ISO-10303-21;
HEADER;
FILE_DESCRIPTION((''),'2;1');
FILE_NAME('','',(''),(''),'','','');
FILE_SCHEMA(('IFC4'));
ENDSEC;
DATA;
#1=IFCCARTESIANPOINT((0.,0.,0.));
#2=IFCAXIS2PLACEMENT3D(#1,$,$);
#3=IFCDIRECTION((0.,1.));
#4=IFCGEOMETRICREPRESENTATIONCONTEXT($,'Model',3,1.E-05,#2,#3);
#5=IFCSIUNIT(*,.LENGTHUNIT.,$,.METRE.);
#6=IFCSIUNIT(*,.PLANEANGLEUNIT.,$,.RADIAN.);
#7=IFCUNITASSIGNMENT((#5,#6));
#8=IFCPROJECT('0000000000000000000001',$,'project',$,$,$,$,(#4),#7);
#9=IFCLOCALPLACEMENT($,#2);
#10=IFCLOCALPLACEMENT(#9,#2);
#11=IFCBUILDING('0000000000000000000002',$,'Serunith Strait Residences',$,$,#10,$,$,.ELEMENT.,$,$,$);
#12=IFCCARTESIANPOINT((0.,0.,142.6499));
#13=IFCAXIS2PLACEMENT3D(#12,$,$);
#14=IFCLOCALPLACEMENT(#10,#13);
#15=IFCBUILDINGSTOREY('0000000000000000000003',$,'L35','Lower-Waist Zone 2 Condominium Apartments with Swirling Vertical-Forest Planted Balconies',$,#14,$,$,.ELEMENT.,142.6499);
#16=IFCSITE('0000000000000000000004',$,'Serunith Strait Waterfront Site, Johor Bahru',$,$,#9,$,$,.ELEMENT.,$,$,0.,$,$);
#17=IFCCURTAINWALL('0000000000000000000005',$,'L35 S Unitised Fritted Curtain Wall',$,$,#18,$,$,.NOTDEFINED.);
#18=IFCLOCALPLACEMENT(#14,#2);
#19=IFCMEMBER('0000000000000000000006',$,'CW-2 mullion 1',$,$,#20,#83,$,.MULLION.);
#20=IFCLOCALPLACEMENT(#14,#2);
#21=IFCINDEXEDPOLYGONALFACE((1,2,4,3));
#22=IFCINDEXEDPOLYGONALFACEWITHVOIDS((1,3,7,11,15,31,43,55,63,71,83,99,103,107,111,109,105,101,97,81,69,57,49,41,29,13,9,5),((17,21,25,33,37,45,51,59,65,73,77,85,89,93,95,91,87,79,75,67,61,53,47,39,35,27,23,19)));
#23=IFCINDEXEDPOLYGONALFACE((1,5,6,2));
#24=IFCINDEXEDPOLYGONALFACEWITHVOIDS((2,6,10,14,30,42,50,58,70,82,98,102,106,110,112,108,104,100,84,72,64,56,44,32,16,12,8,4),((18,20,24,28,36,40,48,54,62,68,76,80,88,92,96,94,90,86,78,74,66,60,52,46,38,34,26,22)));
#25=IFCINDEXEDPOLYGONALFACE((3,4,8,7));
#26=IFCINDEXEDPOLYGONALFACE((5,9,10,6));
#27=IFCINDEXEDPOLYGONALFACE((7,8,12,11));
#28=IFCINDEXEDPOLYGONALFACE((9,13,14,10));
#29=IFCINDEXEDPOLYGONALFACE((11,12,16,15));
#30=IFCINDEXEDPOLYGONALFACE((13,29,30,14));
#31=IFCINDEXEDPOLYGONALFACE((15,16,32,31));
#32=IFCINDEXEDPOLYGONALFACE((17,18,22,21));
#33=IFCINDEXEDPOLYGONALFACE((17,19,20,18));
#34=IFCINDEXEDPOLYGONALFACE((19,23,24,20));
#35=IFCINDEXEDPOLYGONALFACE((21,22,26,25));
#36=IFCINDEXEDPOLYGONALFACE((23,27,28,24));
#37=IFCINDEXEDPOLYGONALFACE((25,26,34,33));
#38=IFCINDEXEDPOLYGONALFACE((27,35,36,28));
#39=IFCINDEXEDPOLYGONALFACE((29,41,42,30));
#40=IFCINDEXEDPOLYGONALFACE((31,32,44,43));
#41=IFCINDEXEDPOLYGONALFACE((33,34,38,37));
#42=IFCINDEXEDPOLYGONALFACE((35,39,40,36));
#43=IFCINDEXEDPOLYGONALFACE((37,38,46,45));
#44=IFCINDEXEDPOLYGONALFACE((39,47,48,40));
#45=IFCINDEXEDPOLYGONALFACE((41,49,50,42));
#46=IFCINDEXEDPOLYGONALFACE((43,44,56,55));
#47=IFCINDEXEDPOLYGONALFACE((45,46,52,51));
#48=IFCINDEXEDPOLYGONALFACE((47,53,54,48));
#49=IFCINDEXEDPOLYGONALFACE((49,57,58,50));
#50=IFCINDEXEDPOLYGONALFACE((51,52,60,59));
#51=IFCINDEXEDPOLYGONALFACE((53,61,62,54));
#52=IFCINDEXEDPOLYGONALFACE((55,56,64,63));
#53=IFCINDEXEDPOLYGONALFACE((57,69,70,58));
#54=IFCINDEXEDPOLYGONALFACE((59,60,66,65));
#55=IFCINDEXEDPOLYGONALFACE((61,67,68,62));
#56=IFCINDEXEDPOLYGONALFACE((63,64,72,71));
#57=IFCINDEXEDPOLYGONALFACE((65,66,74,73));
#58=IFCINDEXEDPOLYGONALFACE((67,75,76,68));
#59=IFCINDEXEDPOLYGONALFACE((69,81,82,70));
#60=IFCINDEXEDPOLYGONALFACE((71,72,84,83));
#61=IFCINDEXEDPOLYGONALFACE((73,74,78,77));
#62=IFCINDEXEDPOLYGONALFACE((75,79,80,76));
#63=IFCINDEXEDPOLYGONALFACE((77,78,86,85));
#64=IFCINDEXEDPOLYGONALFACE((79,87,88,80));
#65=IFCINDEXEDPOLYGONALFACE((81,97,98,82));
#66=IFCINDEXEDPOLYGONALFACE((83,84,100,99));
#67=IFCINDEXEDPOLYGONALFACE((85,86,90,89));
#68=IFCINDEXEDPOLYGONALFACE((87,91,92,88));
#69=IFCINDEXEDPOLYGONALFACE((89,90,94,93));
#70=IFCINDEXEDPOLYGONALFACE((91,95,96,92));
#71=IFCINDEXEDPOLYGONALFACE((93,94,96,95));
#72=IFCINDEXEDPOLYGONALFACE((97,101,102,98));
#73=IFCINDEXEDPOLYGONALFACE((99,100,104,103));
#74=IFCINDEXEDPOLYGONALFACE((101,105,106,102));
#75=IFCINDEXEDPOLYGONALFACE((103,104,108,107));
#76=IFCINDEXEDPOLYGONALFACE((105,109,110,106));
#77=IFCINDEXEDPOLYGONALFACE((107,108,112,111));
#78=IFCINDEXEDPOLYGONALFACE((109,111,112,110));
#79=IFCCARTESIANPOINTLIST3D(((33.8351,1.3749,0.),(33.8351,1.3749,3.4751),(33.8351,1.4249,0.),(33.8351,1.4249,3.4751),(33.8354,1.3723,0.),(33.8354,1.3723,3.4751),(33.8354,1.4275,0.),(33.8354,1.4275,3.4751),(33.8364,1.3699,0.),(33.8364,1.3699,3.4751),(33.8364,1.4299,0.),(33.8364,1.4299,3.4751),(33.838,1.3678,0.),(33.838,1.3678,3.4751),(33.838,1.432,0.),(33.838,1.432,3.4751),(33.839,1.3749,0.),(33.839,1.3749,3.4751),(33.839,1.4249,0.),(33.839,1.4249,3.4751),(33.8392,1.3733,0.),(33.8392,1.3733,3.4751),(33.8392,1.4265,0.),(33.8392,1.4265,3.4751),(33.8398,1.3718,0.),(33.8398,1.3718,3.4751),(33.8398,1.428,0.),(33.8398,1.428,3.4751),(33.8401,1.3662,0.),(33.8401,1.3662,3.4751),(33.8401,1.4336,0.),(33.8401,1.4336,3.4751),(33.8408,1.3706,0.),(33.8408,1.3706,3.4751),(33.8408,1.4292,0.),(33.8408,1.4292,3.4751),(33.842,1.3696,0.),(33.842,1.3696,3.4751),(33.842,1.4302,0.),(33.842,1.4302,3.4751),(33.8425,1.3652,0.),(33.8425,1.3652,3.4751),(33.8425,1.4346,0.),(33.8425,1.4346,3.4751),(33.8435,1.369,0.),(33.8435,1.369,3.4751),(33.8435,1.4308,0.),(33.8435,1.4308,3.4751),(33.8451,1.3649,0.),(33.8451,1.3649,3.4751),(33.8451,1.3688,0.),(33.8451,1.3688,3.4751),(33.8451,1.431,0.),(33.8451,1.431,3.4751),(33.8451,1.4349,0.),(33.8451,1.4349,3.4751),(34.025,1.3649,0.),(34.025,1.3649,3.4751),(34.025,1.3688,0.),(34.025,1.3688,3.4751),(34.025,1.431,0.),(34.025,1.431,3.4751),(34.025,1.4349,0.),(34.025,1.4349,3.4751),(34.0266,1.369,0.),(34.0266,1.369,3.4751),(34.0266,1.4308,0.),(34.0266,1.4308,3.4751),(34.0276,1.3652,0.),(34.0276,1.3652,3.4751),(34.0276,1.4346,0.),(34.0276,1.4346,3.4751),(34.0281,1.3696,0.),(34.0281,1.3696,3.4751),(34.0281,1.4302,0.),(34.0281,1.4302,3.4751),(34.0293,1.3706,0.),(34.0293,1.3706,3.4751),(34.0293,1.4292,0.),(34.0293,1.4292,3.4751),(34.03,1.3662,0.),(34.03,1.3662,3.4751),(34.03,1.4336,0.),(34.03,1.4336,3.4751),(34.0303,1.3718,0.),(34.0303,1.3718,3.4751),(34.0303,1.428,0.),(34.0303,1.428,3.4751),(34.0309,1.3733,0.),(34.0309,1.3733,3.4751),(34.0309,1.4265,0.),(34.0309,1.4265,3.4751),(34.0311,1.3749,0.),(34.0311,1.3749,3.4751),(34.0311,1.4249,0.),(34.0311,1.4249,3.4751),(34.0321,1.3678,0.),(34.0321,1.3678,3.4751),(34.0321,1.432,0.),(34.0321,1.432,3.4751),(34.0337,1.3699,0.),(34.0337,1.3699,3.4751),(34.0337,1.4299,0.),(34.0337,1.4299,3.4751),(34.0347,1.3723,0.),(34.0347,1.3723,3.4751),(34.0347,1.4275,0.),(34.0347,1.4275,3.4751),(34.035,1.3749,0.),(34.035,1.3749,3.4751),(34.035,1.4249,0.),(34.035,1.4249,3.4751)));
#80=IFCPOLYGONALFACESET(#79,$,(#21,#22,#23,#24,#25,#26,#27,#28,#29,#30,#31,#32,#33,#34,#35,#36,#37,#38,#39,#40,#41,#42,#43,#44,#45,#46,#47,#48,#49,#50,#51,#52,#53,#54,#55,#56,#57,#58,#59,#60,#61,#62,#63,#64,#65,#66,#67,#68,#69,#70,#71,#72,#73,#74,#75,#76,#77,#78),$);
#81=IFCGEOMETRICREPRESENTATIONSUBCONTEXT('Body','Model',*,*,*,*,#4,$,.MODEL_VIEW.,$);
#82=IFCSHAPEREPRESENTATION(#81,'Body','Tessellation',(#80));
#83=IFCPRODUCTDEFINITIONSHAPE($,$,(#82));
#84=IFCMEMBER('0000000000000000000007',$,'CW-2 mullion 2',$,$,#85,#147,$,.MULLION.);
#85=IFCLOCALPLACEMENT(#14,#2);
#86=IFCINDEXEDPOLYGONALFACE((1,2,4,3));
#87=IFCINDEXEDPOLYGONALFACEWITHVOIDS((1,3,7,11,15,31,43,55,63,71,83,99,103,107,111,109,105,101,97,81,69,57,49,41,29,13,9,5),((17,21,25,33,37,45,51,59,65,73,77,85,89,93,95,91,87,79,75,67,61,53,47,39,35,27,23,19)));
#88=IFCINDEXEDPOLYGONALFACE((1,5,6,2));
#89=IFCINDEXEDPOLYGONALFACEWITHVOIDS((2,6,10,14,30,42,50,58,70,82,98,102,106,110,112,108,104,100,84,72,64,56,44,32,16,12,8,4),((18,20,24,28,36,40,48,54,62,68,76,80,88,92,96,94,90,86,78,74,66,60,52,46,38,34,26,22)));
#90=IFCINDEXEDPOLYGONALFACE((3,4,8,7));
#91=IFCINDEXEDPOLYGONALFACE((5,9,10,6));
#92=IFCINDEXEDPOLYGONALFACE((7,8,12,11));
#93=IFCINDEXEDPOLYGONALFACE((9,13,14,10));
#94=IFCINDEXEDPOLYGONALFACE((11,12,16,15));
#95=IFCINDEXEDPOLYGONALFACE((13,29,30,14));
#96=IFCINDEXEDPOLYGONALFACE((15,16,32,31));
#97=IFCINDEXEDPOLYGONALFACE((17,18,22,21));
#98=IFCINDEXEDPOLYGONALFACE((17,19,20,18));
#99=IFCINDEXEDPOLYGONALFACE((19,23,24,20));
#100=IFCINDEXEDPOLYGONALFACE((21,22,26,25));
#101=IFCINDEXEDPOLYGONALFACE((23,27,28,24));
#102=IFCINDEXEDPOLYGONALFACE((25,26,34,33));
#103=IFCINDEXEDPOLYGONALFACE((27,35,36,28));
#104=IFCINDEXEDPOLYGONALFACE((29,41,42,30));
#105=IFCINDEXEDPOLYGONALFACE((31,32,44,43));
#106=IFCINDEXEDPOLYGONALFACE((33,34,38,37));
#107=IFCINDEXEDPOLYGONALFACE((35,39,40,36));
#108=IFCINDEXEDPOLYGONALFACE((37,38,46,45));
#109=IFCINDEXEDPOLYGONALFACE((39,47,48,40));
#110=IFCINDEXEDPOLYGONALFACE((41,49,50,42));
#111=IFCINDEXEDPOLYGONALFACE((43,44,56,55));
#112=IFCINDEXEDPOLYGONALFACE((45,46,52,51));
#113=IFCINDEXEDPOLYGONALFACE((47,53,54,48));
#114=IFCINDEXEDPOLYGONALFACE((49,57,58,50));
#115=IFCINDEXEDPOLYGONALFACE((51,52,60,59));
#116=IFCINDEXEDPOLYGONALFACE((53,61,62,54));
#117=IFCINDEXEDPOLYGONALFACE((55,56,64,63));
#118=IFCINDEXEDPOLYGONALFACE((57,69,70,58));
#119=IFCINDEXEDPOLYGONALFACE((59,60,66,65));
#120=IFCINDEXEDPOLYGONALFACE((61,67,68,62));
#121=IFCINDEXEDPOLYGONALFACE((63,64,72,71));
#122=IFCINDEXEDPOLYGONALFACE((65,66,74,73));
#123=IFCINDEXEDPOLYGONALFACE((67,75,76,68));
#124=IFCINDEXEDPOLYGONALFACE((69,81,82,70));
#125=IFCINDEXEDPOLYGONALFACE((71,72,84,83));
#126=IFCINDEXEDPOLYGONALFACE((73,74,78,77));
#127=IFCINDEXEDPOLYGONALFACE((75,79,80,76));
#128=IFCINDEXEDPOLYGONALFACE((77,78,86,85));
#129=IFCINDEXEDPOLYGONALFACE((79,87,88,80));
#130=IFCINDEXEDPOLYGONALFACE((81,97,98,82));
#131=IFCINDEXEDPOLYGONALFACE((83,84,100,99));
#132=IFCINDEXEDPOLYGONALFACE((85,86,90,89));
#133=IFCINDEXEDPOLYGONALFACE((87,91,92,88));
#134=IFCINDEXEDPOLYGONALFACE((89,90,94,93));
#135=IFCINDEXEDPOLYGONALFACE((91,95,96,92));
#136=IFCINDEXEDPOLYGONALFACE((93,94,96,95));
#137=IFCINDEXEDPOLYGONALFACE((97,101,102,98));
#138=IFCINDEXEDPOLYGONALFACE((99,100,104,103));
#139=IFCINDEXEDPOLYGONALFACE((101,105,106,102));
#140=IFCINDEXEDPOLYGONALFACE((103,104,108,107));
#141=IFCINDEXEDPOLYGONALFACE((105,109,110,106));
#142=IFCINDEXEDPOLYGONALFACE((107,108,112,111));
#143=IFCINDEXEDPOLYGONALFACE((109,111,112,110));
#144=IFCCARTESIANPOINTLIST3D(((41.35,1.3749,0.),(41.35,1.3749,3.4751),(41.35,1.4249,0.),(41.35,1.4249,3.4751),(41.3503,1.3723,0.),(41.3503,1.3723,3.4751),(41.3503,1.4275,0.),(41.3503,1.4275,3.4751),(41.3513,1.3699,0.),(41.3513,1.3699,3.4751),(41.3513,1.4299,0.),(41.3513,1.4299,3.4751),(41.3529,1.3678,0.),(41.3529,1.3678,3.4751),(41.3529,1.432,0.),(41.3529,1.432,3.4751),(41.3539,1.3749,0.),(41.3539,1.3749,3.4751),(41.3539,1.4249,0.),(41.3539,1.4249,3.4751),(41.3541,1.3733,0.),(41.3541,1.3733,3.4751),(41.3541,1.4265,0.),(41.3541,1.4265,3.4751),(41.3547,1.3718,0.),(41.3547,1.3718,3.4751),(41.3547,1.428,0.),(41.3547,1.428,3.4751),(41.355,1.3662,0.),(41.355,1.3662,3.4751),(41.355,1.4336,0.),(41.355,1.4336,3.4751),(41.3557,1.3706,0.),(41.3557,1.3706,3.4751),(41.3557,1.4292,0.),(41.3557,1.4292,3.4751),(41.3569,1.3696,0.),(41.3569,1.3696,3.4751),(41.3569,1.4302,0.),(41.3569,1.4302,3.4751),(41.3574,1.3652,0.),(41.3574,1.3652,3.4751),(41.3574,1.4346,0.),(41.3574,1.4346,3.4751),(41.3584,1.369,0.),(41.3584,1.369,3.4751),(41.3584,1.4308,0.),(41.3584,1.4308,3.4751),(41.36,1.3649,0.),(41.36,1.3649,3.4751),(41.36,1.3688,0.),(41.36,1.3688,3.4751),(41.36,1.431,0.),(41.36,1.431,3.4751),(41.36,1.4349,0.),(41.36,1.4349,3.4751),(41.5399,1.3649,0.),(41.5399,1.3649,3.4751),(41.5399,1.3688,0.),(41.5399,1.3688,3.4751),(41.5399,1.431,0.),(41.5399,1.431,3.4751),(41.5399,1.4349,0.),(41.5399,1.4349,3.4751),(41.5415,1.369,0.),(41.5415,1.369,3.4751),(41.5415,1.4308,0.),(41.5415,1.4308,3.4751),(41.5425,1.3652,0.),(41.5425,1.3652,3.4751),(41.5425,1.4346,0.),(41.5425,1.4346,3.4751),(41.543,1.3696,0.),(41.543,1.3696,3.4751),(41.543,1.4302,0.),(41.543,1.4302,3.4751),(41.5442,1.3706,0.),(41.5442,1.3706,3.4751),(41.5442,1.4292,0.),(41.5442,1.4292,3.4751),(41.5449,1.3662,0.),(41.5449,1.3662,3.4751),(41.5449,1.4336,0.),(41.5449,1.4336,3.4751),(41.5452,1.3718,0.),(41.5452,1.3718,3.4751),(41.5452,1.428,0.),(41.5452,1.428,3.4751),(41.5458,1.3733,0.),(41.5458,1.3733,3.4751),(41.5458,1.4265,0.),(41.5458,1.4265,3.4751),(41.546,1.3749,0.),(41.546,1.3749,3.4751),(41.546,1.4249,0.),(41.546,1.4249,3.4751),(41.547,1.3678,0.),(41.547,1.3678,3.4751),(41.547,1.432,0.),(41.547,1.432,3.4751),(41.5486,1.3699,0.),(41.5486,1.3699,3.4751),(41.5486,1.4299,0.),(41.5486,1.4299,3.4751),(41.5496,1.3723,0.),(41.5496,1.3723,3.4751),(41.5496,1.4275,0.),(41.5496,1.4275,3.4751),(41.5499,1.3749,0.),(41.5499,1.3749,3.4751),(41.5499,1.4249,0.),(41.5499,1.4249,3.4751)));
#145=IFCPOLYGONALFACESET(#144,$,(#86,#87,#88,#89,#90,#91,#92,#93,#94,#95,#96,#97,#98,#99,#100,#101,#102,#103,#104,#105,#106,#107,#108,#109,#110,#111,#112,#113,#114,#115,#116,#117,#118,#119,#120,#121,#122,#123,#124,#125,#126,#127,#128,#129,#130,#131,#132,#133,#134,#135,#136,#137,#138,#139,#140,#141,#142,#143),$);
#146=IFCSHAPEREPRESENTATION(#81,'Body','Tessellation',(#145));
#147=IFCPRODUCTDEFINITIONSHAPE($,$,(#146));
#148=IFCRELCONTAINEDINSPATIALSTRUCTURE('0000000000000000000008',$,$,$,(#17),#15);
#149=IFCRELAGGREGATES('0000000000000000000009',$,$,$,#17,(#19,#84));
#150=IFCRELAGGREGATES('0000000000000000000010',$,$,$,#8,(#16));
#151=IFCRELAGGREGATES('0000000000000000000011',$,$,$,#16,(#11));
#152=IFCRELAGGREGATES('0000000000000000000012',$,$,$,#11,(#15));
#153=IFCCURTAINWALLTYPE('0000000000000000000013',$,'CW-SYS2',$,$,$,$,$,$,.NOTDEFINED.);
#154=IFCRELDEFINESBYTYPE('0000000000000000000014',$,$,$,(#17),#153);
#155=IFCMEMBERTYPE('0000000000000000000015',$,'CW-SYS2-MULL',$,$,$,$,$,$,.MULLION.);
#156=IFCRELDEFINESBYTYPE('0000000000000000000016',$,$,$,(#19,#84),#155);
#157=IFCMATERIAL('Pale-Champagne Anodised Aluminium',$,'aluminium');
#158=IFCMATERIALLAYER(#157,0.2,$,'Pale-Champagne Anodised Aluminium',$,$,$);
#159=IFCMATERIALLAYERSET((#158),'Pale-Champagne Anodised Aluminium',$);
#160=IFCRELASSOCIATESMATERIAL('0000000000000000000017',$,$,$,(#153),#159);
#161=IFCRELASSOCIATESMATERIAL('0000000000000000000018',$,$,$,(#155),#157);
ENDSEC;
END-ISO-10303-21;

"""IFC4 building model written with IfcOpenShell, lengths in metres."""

from ifc_helpers import new_model, si_unit, direction, frame, origin, origin_2d, place, context, subcontext, project, spatial, hollow_rectangle, extrude, source, transform, mapped, material, layer, layer_set, material_profile, profile_set, type_object, element, aggregate, save


model = new_model("IFC4")

# Units and contexts
model_context = context("Model", 3, precision=1e-05, world=origin(), true_north=direction((0.0, 1.0)))
body_context = subcontext(model_context, "Body", "Model", "MODEL_VIEW")
ifc_project = project(units=[si_unit("LENGTHUNIT", "METRE"), si_unit("PLANEANGLEUNIT", "RADIAN")], contexts=[model_context])

# Site, building, storey
site_placement = place(None, origin())
site = spatial("IfcSite", under=ifc_project, at=site_placement, Name="Serunith Strait Waterfront Site, Johor Bahru", CompositionType="ELEMENT", RefElevation=0.0)
building_placement = place(site_placement, origin())
building = spatial("IfcBuilding", under=site, at=building_placement, Name="Serunith Strait Residences", CompositionType="ELEMENT")
storey_placement = place(building_placement, frame((0.0, 0.0, 142.6499)))
storey = spatial("IfcBuildingStorey", under=building, at=storey_placement, Name="L35", Description="Lower-Waist Zone 2 Condominium Apartments with Swirling Vertical-Forest Planted Balconies", CompositionType="ELEMENT", Elevation=142.6499)

# Curtain wall, members
ifc_material_1 = material(Name="Pale-Champagne Anodised Aluminium", Category="aluminium")
ifc_layer_1 = layer(ifc_material_1, 0.2, Name="Pale-Champagne Anodised Aluminium")
ifc_layer_set_1 = layer_set([ifc_layer_1], Name="Pale-Champagne Anodised Aluminium")
curtain_wall_type = type_object("IfcCurtainWallType", Name="CW-SYS2", PredefinedType="NOTDEFINED", material=ifc_layer_set_1)
curtain_wall_placement = place(storey_placement, origin())
curtain_wall = element("IfcCurtainWall", 1, at=curtain_wall_placement, inside=storey, type_object=curtain_wall_type, Name="L35 S Unitised Fritted Curtain Wall", PredefinedType="NOTDEFINED")
ifc_material_profile_1 = material_profile(ifc_material_1, hollow_rectangle(XDim=0.0701, YDim=0.2, WallThickness=0.0039, InnerFilletRadius=0.0061, OuterFilletRadius=0.01, at=origin_2d()), Name="ALU 200x70x4")
ifc_profile_set_1 = profile_set([ifc_material_profile_1], Name="Pale-Champagne Anodised Aluminium")
member_type_1 = type_object("IfcMemberType", Name="CW-SYS2-MULL", PredefinedType="MULLION", material=ifc_profile_set_1)
shared_shape_1 = source(origin(), body_context, "Body", "SweptSolid", [
    extrude(hollow_rectangle(XDim=0.0701, YDim=0.2, WallThickness=0.0039, InnerFilletRadius=0.0061, OuterFilletRadius=0.01, at=origin_2d()), origin(), (0.0, 0.0, 1.0), 3.4751),
])
member_1_placement = place(storey_placement, frame((33.9351, 1.3999, 0.0), z_axis=(0.0, 0.0, 1.0), x_axis=(0.0, 1.0, 0.0)))
member_1 = element("IfcMember", 2, at=member_1_placement, type_object=member_type_1, Name="CW-2 mullion 1", PredefinedType="MULLION", context=body_context, shape_type="MappedRepresentation", body=[
    mapped(shared_shape_1, transform((0.0, 0.0, 0.0), scale=1.0)),
])
member_2_placement = place(storey_placement, frame((41.45, 1.3999, 0.0), z_axis=(0.0, 0.0, 1.0), x_axis=(0.0, 1.0, 0.0)))
member_2 = element("IfcMember", 3, at=member_2_placement, type_object=member_type_1, Name="CW-2 mullion 2", PredefinedType="MULLION", context=body_context, shape_type="MappedRepresentation", body=[
    mapped(shared_shape_1, transform((0.0, 0.0, 0.0), scale=1.0)),
])
aggregate(curtain_wall, [member_1, member_2])

save(model, "model.ifc")
